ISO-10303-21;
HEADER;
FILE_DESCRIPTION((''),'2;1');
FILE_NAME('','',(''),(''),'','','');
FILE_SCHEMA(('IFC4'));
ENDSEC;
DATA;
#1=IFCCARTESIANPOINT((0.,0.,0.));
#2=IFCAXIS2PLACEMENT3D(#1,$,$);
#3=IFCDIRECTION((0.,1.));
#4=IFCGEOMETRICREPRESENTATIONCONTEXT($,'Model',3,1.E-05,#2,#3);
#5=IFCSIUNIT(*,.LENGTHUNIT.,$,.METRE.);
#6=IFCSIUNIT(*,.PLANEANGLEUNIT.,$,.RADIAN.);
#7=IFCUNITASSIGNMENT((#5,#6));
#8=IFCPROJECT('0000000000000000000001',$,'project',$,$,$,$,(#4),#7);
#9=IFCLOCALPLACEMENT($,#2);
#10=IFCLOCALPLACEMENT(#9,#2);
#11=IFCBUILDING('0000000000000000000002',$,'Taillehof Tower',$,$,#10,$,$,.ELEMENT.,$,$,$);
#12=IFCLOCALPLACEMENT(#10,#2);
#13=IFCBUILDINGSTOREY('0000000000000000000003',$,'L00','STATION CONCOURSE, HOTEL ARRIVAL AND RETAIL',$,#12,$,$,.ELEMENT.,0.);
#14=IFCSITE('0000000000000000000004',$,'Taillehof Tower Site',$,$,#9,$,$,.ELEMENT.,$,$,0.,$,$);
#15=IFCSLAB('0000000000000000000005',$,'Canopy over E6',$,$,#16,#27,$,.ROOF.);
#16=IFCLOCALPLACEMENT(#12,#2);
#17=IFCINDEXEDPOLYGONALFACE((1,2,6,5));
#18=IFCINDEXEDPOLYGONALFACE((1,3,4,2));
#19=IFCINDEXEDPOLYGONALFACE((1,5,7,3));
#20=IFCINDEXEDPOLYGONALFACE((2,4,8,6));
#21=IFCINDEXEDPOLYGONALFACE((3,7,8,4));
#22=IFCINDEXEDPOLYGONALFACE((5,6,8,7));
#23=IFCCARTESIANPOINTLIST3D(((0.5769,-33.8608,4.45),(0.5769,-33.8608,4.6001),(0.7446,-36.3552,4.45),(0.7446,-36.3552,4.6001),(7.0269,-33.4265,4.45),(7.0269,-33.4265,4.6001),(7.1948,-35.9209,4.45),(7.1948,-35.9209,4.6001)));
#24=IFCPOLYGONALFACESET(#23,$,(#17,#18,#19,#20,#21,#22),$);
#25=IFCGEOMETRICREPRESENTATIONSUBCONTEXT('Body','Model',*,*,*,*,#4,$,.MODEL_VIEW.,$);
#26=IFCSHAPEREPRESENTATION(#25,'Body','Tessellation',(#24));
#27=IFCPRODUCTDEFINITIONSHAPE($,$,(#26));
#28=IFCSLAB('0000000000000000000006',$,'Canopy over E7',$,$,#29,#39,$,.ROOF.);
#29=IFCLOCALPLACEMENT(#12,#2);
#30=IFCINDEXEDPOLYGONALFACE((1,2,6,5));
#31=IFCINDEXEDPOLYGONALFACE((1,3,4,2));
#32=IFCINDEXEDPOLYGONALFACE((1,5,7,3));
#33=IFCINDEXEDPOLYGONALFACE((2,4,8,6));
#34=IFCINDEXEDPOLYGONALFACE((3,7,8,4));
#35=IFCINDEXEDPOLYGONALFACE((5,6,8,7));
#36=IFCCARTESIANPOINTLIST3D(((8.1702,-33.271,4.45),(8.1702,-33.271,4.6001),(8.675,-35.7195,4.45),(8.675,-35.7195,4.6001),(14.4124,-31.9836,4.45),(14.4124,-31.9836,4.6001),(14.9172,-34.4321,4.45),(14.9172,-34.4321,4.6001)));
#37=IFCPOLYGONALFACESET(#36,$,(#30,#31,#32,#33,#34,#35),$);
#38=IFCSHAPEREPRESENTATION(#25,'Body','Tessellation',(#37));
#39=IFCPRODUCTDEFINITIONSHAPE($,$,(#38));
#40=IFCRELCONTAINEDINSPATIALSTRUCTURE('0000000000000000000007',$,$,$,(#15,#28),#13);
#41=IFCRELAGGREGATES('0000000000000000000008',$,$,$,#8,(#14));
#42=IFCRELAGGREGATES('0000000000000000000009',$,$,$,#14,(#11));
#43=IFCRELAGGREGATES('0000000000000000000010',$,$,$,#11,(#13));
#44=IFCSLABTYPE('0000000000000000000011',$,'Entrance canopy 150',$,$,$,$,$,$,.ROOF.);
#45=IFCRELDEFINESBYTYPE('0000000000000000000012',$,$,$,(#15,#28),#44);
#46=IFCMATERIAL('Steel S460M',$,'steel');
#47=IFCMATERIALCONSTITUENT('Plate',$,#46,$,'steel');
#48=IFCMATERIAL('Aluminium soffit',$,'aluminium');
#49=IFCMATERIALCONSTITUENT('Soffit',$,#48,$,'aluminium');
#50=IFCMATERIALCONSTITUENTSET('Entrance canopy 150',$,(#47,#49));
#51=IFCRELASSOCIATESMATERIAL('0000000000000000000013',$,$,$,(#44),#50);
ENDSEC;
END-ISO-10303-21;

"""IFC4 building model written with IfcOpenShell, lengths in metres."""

from ifc_helpers import new_model, si_unit, direction, frame, origin, place, context, subcontext, project, spatial, polyline, outline, extrude, material, constituent, constituent_set, type_object, element, save


model = new_model("IFC4")

# Units and contexts
model_context = context("Model", 3, precision=1e-05, world=origin(), true_north=direction((0.0, 1.0)))
body_context = subcontext(model_context, "Body", "Model", "MODEL_VIEW")
ifc_project = project(units=[si_unit("LENGTHUNIT", "METRE"), si_unit("PLANEANGLEUNIT", "RADIAN")], contexts=[model_context])

# Site, building, storey
site_placement = place(None, origin())
site = spatial("IfcSite", under=ifc_project, at=site_placement, Name="Taillehof Tower Site", CompositionType="ELEMENT", RefElevation=0.0)
building_placement = place(site_placement, origin())
building = spatial("IfcBuilding", under=site, at=building_placement, Name="Taillehof Tower", CompositionType="ELEMENT")
storey_placement = place(building_placement, origin())
storey = spatial("IfcBuildingStorey", under=building, at=storey_placement, Name="L00", Description="STATION CONCOURSE, HOTEL ARRIVAL AND RETAIL", CompositionType="ELEMENT", Elevation=0.0)

# Slabs
ifc_material_1 = material(Name="Steel S460M", Category="steel")
ifc_constituent_1 = constituent(ifc_material_1, Name="Plate", Category="steel")
ifc_material_2 = material(Name="Aluminium soffit", Category="aluminium")
ifc_constituent_2 = constituent(ifc_material_2, Name="Soffit", Category="aluminium")
ifc_constituent_set = constituent_set(constituents=[ifc_constituent_1, ifc_constituent_2], Name="Entrance canopy 150")
slab_type = type_object("IfcSlabType", Name="Entrance canopy 150", PredefinedType="ROOF", material=ifc_constituent_set)
slab_1_placement = place(storey_placement, frame((0.0, 0.0, 4.45)))
element("IfcSlab", 1, at=slab_1_placement, inside=storey, type_object=slab_type, Name="Canopy over E6", PredefinedType="ROOF", context=body_context, shape_type="SweptSolid", body=[
    extrude(outline(polyline([(0.5769, -33.8608), (7.0269, -33.4265), (7.1948, -35.9209), (0.7446, -36.3552), (0.5769, -33.8608)])), origin(), (0.0, 0.0, 1.0), 0.1501),
])
slab_2_placement = place(storey_placement, frame((0.0, 0.0, 4.45)))
element("IfcSlab", 2, at=slab_2_placement, inside=storey, type_object=slab_type, Name="Canopy over E7", PredefinedType="ROOF", context=body_context, shape_type="SweptSolid", body=[
    extrude(outline(polyline([(8.1702, -33.271), (14.4124, -31.9836), (14.9172, -34.4321), (8.675, -35.7195), (8.1702, -33.271)])), origin(), (0.0, 0.0, 1.0), 0.1501),
])

save(model, "model.ifc")
